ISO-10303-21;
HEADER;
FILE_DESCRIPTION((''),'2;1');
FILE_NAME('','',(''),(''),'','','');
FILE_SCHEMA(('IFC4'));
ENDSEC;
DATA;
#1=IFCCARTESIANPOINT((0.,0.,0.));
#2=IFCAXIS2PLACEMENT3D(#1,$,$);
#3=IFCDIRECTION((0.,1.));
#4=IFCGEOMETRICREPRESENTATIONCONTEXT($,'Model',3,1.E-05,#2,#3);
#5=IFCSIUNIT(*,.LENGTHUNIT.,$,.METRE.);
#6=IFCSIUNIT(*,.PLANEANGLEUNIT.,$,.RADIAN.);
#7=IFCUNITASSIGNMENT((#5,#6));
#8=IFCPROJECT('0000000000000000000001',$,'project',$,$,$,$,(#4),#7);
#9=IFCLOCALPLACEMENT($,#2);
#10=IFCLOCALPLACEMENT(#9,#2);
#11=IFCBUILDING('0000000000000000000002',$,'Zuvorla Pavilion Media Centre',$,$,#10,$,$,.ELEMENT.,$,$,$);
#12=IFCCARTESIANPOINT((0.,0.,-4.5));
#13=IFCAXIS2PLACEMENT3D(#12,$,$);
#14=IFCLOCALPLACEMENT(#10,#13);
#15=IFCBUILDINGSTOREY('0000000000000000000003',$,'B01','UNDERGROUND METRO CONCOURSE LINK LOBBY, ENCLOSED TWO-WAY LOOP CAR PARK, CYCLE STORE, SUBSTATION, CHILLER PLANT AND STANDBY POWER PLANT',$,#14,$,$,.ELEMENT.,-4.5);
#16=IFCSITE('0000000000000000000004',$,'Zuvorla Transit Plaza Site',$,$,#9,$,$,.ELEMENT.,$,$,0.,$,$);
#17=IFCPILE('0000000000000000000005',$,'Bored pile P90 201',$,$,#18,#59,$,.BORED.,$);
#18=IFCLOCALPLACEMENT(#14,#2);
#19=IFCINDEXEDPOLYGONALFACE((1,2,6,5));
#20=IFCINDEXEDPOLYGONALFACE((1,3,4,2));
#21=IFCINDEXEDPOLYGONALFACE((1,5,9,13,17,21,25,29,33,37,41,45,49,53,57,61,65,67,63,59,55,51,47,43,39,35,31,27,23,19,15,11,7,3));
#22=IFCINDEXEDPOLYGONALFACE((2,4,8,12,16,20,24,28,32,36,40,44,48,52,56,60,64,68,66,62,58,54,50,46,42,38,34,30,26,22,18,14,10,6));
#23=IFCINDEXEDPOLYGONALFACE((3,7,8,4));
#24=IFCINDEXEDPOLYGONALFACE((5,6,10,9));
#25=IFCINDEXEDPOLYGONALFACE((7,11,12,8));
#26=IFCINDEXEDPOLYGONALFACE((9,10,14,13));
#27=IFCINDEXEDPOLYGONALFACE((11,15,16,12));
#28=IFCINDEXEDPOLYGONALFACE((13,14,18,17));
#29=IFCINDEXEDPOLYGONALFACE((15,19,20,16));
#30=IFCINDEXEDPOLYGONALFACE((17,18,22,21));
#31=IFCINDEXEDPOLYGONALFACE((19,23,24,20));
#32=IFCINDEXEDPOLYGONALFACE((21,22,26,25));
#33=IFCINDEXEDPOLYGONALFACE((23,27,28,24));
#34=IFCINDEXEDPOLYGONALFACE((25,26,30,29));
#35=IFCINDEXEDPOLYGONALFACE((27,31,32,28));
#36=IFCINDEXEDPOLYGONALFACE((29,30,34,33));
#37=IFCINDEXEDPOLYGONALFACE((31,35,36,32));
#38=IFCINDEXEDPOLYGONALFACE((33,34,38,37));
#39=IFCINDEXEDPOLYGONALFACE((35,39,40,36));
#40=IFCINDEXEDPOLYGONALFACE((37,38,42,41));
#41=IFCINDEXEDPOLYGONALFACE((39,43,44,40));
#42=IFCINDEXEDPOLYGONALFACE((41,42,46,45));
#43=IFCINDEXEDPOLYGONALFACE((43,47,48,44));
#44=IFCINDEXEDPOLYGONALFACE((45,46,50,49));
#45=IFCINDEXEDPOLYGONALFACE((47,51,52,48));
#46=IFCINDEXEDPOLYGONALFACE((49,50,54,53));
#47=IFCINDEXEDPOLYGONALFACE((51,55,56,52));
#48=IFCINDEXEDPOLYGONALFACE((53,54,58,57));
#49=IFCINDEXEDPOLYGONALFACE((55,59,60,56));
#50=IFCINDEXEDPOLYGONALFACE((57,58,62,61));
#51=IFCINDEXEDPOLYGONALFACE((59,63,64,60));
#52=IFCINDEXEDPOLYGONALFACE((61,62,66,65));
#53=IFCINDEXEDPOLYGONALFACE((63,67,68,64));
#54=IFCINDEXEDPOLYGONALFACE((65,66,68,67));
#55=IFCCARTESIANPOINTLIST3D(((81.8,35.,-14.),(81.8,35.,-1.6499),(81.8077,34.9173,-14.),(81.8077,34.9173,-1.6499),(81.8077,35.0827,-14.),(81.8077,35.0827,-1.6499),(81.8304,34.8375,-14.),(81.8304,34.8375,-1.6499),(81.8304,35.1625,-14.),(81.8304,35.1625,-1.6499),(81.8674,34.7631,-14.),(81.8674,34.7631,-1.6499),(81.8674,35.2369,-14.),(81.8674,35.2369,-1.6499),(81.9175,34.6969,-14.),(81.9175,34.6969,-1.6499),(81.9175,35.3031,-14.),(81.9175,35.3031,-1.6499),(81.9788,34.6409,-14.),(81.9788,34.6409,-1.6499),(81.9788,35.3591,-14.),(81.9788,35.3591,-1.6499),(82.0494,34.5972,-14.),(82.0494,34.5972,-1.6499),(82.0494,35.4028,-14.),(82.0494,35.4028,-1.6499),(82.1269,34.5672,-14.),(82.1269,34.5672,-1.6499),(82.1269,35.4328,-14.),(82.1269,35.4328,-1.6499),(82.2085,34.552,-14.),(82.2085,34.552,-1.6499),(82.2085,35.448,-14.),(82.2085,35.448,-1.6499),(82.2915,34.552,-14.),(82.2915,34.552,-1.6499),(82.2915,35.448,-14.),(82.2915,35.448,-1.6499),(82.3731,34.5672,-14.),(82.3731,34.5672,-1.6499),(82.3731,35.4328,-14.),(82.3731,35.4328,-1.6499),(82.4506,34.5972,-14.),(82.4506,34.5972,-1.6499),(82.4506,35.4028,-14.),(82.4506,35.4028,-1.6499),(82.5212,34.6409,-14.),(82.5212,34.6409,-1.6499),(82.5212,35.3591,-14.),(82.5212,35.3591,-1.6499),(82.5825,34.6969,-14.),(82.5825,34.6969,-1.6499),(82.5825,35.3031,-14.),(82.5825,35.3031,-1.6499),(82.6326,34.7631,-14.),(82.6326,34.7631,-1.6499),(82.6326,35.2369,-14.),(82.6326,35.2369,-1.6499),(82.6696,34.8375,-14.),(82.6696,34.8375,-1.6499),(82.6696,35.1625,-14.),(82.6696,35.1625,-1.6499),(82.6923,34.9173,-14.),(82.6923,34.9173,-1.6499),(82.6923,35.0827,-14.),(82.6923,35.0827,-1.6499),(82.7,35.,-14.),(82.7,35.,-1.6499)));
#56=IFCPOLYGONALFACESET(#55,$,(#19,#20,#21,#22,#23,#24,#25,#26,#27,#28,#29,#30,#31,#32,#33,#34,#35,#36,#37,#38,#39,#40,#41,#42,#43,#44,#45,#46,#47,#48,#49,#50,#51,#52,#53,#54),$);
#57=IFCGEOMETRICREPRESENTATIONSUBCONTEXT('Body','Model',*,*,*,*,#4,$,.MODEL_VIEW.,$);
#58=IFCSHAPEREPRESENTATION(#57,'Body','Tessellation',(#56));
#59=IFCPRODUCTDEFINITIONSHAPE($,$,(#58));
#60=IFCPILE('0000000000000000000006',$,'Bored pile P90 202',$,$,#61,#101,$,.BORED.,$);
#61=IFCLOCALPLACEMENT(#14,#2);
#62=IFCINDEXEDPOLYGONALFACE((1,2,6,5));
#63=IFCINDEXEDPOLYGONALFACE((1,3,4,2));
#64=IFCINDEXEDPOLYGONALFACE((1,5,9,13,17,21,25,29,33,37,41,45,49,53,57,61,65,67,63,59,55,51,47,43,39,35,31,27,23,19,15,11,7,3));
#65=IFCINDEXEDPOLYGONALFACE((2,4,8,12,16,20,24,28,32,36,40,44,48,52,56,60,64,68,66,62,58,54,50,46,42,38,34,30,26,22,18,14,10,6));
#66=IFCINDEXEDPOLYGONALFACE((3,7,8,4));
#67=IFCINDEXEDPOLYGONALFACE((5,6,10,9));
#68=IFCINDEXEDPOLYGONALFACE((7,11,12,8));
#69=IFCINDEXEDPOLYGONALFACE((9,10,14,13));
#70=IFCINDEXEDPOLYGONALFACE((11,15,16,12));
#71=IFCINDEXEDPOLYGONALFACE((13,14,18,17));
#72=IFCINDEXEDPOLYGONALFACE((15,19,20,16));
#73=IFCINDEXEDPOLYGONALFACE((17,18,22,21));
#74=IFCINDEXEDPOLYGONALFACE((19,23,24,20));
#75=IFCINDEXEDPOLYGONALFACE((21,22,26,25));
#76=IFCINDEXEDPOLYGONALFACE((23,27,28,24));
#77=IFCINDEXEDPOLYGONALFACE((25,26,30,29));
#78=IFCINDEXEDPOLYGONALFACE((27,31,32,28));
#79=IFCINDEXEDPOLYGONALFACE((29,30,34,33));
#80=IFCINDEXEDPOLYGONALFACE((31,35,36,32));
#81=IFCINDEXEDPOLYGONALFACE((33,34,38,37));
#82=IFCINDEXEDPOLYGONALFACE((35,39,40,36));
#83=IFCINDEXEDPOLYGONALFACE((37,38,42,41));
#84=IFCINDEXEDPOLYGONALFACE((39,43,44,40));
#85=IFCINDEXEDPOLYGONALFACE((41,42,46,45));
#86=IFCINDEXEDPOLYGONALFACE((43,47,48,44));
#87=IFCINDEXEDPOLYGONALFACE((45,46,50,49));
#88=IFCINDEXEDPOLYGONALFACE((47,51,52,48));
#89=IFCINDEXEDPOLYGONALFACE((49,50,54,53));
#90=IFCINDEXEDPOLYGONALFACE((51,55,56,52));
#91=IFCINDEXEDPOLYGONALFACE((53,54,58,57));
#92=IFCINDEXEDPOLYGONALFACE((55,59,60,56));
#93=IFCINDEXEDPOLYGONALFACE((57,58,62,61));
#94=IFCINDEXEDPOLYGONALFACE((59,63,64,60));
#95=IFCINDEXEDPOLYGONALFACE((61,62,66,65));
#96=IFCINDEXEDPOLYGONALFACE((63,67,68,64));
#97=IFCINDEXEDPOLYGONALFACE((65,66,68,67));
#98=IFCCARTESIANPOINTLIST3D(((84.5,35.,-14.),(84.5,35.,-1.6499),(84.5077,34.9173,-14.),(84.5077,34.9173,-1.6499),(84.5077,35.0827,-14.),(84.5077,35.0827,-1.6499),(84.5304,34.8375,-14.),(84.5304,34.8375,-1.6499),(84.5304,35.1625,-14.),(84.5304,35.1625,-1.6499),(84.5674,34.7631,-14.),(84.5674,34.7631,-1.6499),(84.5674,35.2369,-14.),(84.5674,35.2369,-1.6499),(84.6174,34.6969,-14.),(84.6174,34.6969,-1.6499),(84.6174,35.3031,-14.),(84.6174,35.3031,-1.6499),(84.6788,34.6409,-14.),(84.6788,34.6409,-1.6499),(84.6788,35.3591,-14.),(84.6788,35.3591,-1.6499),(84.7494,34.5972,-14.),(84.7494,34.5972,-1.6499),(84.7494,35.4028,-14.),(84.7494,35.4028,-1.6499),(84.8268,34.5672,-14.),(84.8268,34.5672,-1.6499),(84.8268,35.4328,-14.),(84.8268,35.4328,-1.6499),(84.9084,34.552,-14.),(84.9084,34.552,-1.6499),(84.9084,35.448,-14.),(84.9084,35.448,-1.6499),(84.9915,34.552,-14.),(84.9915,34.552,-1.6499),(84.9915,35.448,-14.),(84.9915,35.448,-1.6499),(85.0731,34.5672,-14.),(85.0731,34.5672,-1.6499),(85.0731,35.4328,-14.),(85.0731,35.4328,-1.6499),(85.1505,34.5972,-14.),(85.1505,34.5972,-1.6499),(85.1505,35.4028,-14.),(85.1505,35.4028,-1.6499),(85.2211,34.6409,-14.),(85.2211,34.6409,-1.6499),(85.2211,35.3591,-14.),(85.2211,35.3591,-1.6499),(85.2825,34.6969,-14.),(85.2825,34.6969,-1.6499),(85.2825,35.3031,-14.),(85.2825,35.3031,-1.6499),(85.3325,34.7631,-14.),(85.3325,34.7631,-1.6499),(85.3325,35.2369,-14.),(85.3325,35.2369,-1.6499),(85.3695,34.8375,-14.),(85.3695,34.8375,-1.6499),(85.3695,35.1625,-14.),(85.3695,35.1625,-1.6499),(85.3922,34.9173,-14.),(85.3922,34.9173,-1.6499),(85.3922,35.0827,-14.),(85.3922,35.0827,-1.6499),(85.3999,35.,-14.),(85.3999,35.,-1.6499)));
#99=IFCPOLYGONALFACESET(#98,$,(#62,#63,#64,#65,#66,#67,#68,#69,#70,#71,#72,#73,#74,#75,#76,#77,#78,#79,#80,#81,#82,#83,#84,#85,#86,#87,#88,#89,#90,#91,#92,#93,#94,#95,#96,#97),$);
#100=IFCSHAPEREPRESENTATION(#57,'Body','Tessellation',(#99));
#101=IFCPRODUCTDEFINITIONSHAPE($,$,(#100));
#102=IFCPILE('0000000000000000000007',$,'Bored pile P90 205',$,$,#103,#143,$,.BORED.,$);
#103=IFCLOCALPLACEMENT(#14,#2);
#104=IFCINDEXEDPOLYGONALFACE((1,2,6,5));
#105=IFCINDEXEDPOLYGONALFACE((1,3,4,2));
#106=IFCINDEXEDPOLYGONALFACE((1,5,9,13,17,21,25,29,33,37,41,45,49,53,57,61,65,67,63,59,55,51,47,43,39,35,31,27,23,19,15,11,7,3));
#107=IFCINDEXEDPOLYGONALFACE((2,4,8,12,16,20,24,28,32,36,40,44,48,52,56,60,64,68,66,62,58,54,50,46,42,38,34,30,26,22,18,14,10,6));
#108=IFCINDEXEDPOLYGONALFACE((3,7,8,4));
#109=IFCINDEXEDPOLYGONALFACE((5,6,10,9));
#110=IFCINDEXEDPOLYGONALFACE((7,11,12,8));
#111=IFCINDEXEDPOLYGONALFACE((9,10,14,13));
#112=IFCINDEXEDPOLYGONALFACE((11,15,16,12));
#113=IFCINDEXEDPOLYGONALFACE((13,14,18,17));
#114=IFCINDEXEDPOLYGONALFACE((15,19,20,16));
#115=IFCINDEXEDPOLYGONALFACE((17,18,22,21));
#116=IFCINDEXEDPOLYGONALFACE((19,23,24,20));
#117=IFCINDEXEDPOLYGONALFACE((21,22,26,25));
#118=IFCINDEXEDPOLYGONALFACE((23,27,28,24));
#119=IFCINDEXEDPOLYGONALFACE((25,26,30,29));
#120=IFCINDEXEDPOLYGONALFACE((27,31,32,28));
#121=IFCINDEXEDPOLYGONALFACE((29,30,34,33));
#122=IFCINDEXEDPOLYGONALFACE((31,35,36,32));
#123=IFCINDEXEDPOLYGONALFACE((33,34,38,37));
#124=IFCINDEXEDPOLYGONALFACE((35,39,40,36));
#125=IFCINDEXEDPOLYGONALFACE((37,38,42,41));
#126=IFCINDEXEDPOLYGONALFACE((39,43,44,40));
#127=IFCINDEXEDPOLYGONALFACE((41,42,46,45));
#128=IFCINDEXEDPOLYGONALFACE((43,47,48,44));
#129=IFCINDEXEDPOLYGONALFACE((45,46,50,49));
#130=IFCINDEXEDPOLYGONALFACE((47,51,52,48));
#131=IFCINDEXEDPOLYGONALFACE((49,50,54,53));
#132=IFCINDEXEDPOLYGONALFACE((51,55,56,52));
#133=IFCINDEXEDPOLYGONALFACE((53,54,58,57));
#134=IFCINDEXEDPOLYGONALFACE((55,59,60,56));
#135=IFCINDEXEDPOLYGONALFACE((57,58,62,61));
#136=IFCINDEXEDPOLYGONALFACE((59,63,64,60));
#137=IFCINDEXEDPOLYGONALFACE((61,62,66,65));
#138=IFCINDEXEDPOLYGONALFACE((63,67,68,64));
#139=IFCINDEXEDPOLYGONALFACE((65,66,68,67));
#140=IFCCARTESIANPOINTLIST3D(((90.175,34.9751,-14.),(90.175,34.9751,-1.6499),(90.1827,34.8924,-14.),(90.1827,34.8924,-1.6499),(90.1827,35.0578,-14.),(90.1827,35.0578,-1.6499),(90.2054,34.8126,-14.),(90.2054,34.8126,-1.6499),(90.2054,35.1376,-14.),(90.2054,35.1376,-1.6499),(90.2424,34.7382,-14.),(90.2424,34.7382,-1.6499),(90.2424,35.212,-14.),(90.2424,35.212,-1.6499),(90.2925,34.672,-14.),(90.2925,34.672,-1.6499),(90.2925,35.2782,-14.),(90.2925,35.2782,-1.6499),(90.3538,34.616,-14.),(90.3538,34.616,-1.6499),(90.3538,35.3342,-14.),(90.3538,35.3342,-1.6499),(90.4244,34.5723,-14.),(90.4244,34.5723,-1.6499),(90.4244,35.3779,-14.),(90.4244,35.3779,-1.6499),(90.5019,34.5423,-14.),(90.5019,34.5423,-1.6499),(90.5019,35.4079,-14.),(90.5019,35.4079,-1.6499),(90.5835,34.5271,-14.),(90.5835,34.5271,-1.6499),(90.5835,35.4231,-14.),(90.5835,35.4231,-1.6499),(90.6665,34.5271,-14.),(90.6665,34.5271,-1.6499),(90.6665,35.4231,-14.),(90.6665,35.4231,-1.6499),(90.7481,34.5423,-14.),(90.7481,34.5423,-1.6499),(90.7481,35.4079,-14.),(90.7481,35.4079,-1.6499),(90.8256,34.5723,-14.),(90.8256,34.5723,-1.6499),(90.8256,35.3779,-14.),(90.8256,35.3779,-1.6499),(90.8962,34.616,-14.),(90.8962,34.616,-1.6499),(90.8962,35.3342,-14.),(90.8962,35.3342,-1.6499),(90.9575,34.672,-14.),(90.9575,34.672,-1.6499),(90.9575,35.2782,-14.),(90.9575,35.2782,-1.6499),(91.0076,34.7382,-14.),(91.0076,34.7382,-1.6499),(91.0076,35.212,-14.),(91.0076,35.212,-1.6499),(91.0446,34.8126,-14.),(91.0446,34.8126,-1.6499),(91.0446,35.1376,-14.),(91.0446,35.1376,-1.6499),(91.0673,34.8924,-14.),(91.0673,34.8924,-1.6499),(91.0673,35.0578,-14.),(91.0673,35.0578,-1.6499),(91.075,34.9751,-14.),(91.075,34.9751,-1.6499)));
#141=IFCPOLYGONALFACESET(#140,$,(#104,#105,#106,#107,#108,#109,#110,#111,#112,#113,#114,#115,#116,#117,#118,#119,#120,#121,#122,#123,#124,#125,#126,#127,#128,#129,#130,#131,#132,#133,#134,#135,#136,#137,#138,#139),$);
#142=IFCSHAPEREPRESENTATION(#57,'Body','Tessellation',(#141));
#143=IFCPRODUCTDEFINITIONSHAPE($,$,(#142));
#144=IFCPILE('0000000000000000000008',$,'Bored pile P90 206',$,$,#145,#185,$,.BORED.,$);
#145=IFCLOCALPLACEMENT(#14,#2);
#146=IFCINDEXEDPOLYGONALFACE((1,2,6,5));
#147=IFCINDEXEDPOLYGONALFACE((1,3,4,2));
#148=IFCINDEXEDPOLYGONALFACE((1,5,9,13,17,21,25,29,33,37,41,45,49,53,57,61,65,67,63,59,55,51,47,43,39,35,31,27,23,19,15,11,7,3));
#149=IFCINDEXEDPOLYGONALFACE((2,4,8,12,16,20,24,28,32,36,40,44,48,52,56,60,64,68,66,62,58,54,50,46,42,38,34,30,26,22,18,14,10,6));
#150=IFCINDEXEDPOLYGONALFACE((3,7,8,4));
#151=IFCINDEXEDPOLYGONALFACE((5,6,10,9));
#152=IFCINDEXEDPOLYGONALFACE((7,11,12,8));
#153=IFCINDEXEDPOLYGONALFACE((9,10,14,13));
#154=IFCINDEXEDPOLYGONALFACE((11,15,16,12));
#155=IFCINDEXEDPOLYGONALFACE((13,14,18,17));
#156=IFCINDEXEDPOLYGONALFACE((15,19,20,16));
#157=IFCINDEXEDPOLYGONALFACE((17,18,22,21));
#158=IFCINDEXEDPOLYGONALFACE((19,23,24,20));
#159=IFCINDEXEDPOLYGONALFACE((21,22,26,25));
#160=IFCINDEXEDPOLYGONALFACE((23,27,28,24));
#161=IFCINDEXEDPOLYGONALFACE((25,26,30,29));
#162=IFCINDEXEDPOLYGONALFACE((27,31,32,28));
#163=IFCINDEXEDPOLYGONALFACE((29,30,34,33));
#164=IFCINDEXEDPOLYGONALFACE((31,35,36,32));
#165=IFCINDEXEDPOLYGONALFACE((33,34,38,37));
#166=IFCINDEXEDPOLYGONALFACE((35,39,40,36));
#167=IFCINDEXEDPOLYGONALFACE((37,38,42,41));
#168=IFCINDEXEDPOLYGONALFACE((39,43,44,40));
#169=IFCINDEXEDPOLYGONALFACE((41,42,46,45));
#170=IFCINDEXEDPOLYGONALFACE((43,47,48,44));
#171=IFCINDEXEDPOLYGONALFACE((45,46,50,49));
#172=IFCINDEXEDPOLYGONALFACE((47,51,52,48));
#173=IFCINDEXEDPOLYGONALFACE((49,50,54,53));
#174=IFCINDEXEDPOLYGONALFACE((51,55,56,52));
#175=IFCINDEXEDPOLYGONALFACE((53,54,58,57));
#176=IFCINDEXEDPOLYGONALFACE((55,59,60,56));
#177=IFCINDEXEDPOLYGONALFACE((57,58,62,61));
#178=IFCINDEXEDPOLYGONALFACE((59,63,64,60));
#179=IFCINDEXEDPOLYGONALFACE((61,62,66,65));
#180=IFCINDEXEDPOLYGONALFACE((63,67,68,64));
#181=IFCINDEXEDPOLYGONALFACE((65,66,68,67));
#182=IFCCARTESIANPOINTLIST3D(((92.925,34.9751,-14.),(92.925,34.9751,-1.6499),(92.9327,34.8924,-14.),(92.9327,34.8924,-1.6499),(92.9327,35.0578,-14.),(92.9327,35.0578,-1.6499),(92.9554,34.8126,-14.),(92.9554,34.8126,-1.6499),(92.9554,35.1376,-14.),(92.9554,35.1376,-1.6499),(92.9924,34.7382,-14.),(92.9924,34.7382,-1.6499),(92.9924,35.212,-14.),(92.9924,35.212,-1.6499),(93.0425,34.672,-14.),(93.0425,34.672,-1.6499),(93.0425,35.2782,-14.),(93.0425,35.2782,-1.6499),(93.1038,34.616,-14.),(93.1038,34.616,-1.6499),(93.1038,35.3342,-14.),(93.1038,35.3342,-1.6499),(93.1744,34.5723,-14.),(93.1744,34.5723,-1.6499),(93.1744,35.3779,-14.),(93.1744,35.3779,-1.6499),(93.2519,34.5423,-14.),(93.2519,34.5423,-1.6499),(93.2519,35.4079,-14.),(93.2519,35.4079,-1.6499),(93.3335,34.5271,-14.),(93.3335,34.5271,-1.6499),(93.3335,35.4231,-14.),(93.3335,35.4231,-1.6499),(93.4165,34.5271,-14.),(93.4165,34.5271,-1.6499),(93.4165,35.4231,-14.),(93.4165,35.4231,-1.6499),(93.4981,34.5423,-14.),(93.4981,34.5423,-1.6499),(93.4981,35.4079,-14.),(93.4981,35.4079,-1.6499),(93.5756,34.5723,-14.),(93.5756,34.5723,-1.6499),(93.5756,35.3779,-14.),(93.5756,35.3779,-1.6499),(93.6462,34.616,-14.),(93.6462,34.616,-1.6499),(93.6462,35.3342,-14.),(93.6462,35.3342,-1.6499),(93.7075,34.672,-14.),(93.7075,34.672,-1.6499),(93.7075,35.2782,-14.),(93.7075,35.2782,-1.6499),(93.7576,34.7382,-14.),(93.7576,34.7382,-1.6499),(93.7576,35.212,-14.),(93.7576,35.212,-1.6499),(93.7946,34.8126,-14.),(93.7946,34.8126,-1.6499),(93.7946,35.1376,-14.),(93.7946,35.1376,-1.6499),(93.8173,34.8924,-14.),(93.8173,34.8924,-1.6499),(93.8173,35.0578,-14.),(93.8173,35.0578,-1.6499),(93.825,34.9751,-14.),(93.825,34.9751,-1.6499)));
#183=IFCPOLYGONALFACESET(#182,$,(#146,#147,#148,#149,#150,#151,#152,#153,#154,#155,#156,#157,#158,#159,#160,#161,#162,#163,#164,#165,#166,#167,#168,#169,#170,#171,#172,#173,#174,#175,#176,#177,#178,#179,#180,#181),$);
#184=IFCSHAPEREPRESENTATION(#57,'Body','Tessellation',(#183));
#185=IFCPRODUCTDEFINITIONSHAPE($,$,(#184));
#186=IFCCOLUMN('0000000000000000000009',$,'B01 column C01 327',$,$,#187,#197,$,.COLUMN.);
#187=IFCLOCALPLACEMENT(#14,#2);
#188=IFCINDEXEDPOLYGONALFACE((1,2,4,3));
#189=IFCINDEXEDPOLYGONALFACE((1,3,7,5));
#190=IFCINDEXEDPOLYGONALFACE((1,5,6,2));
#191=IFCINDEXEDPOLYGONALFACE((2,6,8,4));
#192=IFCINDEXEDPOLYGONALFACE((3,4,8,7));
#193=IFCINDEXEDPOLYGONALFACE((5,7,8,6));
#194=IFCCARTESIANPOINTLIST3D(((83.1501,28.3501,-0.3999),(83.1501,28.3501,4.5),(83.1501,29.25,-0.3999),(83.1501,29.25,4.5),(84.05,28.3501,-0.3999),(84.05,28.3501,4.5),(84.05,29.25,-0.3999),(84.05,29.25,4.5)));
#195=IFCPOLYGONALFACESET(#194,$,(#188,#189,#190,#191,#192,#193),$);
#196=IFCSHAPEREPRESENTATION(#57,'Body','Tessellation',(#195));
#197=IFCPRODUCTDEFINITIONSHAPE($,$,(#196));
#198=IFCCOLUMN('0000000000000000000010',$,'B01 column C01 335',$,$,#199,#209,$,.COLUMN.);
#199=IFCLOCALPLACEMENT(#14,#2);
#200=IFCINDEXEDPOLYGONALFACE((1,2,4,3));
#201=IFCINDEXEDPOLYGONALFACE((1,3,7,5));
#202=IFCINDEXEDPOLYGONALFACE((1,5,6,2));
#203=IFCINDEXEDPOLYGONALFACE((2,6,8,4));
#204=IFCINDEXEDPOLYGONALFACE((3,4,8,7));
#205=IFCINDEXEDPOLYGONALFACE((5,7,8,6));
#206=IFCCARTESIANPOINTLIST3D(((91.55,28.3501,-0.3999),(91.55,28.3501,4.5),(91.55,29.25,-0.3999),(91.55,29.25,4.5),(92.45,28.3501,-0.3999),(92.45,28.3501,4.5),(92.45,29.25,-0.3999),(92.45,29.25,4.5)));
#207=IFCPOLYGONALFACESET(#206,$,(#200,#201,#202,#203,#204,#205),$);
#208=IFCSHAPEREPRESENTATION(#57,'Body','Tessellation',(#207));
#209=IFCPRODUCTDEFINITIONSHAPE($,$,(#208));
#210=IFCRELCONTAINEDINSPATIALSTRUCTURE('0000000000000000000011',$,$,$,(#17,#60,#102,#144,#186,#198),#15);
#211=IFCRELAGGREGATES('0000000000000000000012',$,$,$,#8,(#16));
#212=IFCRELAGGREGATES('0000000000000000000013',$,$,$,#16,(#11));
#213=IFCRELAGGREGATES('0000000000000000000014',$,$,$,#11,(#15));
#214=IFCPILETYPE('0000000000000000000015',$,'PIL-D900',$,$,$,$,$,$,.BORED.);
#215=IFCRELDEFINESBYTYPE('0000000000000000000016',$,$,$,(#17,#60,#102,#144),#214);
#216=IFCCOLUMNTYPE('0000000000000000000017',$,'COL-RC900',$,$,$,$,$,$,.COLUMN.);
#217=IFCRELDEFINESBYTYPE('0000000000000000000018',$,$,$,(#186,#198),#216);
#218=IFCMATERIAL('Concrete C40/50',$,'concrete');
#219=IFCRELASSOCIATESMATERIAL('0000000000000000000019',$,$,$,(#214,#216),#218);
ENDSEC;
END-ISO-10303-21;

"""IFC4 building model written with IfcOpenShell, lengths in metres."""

from ifc_helpers import new_model, si_unit, direction, frame, origin, origin_2d, place, context, subcontext, project, spatial, rectangle, circle, extrude, material, material_profile, profile_set, type_object, element, save


model = new_model("IFC4")

# Units and contexts
model_context = context("Model", 3, precision=1e-05, world=origin(), true_north=direction((0.0, 1.0)))
body_context = subcontext(model_context, "Body", "Model", "MODEL_VIEW")
ifc_project = project(units=[si_unit("LENGTHUNIT", "METRE"), si_unit("PLANEANGLEUNIT", "RADIAN")], contexts=[model_context])

# Site, building, storey
site_placement = place(None, origin())
site = spatial("IfcSite", under=ifc_project, at=site_placement, Name="Zuvorla Transit Plaza Site", CompositionType="ELEMENT", RefElevation=0.0)
building_placement = place(site_placement, origin())
building = spatial("IfcBuilding", under=site, at=building_placement, Name="Zuvorla Pavilion Media Centre", CompositionType="ELEMENT")
storey_placement = place(building_placement, frame((0.0, 0.0, -4.5)))
storey = spatial("IfcBuildingStorey", under=building, at=storey_placement, Name="B01", Description="UNDERGROUND METRO CONCOURSE LINK LOBBY, ENCLOSED TWO-WAY LOOP CAR PARK, CYCLE STORE, SUBSTATION, CHILLER PLANT AND STANDBY POWER PLANT", CompositionType="ELEMENT", Elevation=-4.5)

# Shared definitions
ifc_material_1 = material(Name="Concrete C40/50", Category="concrete")

# Piles
ifc_material_profile_1 = material_profile(ifc_material_1, circle(Radius=0.45, at=origin_2d()), Name="BORED PILE 900")
ifc_profile_set_1 = profile_set([ifc_material_profile_1], Name="Concrete C40/50")
pile_type = type_object("IfcPileType", Name="PIL-D900", PredefinedType="BORED", material=ifc_profile_set_1)
for number, where, z_axis, x_axis, name in (
    (1, (82.25, 35.0, -1.6499), (0.0, 0.0, -1.0), (1.0, 0.0, 0.0), "Bored pile P90 201"),
    (2, (84.95, 35.0, -1.6499), (0.0, 0.0, -1.0), (1.0, 0.0, 0.0), "Bored pile P90 202"),
    (3, (90.625, 34.9751, -1.6499), (0.0, 0.0, -1.0), (1.0, 0.0, 0.0), "Bored pile P90 205"),
    (4, (93.375, 34.9751, -1.6499), (0.0, 0.0, -1.0), (1.0, 0.0, 0.0), "Bored pile P90 206"),
):
    element("IfcPile", number, at=place(storey_placement, frame(where, z_axis=z_axis, x_axis=x_axis)), inside=storey, type_object=pile_type, Name=name, PredefinedType="BORED", context=body_context, shape_type="SweptSolid", body=[
        extrude(circle(Radius=0.45, at=origin_2d()), origin(), (0.0, 0.0, 1.0), 12.3501),
    ])

# Columns
ifc_material_profile_2 = material_profile(ifc_material_1, rectangle(XDim=0.8999, YDim=0.8999, at=origin_2d()), Name="RC 900x900")
ifc_profile_set_2 = profile_set([ifc_material_profile_2], Name="Concrete C40/50")
column_type = type_object("IfcColumnType", Name="COL-RC900", PredefinedType="COLUMN", material=ifc_profile_set_2)
for number, where, z_axis, x_axis, name in (
    (5, (83.6001, 28.8, -0.3999), (0.0, 0.0, 1.0), (1.0, 0.0, 0.0), "B01 column C01 327"),
    (6, (92.0, 28.8, -0.3999), (0.0, 0.0, 1.0), (1.0, 0.0, 0.0), "B01 column C01 335"),
):
    element("IfcColumn", number, at=place(storey_placement, frame(where, z_axis=z_axis, x_axis=x_axis)), inside=storey, type_object=column_type, Name=name, PredefinedType="COLUMN", context=body_context, shape_type="SweptSolid", body=[
        extrude(rectangle(XDim=0.8999, YDim=0.8999, at=origin_2d()), origin(), (0.0, 0.0, 1.0), 4.8999),
    ])

save(model, "model.ifc")
